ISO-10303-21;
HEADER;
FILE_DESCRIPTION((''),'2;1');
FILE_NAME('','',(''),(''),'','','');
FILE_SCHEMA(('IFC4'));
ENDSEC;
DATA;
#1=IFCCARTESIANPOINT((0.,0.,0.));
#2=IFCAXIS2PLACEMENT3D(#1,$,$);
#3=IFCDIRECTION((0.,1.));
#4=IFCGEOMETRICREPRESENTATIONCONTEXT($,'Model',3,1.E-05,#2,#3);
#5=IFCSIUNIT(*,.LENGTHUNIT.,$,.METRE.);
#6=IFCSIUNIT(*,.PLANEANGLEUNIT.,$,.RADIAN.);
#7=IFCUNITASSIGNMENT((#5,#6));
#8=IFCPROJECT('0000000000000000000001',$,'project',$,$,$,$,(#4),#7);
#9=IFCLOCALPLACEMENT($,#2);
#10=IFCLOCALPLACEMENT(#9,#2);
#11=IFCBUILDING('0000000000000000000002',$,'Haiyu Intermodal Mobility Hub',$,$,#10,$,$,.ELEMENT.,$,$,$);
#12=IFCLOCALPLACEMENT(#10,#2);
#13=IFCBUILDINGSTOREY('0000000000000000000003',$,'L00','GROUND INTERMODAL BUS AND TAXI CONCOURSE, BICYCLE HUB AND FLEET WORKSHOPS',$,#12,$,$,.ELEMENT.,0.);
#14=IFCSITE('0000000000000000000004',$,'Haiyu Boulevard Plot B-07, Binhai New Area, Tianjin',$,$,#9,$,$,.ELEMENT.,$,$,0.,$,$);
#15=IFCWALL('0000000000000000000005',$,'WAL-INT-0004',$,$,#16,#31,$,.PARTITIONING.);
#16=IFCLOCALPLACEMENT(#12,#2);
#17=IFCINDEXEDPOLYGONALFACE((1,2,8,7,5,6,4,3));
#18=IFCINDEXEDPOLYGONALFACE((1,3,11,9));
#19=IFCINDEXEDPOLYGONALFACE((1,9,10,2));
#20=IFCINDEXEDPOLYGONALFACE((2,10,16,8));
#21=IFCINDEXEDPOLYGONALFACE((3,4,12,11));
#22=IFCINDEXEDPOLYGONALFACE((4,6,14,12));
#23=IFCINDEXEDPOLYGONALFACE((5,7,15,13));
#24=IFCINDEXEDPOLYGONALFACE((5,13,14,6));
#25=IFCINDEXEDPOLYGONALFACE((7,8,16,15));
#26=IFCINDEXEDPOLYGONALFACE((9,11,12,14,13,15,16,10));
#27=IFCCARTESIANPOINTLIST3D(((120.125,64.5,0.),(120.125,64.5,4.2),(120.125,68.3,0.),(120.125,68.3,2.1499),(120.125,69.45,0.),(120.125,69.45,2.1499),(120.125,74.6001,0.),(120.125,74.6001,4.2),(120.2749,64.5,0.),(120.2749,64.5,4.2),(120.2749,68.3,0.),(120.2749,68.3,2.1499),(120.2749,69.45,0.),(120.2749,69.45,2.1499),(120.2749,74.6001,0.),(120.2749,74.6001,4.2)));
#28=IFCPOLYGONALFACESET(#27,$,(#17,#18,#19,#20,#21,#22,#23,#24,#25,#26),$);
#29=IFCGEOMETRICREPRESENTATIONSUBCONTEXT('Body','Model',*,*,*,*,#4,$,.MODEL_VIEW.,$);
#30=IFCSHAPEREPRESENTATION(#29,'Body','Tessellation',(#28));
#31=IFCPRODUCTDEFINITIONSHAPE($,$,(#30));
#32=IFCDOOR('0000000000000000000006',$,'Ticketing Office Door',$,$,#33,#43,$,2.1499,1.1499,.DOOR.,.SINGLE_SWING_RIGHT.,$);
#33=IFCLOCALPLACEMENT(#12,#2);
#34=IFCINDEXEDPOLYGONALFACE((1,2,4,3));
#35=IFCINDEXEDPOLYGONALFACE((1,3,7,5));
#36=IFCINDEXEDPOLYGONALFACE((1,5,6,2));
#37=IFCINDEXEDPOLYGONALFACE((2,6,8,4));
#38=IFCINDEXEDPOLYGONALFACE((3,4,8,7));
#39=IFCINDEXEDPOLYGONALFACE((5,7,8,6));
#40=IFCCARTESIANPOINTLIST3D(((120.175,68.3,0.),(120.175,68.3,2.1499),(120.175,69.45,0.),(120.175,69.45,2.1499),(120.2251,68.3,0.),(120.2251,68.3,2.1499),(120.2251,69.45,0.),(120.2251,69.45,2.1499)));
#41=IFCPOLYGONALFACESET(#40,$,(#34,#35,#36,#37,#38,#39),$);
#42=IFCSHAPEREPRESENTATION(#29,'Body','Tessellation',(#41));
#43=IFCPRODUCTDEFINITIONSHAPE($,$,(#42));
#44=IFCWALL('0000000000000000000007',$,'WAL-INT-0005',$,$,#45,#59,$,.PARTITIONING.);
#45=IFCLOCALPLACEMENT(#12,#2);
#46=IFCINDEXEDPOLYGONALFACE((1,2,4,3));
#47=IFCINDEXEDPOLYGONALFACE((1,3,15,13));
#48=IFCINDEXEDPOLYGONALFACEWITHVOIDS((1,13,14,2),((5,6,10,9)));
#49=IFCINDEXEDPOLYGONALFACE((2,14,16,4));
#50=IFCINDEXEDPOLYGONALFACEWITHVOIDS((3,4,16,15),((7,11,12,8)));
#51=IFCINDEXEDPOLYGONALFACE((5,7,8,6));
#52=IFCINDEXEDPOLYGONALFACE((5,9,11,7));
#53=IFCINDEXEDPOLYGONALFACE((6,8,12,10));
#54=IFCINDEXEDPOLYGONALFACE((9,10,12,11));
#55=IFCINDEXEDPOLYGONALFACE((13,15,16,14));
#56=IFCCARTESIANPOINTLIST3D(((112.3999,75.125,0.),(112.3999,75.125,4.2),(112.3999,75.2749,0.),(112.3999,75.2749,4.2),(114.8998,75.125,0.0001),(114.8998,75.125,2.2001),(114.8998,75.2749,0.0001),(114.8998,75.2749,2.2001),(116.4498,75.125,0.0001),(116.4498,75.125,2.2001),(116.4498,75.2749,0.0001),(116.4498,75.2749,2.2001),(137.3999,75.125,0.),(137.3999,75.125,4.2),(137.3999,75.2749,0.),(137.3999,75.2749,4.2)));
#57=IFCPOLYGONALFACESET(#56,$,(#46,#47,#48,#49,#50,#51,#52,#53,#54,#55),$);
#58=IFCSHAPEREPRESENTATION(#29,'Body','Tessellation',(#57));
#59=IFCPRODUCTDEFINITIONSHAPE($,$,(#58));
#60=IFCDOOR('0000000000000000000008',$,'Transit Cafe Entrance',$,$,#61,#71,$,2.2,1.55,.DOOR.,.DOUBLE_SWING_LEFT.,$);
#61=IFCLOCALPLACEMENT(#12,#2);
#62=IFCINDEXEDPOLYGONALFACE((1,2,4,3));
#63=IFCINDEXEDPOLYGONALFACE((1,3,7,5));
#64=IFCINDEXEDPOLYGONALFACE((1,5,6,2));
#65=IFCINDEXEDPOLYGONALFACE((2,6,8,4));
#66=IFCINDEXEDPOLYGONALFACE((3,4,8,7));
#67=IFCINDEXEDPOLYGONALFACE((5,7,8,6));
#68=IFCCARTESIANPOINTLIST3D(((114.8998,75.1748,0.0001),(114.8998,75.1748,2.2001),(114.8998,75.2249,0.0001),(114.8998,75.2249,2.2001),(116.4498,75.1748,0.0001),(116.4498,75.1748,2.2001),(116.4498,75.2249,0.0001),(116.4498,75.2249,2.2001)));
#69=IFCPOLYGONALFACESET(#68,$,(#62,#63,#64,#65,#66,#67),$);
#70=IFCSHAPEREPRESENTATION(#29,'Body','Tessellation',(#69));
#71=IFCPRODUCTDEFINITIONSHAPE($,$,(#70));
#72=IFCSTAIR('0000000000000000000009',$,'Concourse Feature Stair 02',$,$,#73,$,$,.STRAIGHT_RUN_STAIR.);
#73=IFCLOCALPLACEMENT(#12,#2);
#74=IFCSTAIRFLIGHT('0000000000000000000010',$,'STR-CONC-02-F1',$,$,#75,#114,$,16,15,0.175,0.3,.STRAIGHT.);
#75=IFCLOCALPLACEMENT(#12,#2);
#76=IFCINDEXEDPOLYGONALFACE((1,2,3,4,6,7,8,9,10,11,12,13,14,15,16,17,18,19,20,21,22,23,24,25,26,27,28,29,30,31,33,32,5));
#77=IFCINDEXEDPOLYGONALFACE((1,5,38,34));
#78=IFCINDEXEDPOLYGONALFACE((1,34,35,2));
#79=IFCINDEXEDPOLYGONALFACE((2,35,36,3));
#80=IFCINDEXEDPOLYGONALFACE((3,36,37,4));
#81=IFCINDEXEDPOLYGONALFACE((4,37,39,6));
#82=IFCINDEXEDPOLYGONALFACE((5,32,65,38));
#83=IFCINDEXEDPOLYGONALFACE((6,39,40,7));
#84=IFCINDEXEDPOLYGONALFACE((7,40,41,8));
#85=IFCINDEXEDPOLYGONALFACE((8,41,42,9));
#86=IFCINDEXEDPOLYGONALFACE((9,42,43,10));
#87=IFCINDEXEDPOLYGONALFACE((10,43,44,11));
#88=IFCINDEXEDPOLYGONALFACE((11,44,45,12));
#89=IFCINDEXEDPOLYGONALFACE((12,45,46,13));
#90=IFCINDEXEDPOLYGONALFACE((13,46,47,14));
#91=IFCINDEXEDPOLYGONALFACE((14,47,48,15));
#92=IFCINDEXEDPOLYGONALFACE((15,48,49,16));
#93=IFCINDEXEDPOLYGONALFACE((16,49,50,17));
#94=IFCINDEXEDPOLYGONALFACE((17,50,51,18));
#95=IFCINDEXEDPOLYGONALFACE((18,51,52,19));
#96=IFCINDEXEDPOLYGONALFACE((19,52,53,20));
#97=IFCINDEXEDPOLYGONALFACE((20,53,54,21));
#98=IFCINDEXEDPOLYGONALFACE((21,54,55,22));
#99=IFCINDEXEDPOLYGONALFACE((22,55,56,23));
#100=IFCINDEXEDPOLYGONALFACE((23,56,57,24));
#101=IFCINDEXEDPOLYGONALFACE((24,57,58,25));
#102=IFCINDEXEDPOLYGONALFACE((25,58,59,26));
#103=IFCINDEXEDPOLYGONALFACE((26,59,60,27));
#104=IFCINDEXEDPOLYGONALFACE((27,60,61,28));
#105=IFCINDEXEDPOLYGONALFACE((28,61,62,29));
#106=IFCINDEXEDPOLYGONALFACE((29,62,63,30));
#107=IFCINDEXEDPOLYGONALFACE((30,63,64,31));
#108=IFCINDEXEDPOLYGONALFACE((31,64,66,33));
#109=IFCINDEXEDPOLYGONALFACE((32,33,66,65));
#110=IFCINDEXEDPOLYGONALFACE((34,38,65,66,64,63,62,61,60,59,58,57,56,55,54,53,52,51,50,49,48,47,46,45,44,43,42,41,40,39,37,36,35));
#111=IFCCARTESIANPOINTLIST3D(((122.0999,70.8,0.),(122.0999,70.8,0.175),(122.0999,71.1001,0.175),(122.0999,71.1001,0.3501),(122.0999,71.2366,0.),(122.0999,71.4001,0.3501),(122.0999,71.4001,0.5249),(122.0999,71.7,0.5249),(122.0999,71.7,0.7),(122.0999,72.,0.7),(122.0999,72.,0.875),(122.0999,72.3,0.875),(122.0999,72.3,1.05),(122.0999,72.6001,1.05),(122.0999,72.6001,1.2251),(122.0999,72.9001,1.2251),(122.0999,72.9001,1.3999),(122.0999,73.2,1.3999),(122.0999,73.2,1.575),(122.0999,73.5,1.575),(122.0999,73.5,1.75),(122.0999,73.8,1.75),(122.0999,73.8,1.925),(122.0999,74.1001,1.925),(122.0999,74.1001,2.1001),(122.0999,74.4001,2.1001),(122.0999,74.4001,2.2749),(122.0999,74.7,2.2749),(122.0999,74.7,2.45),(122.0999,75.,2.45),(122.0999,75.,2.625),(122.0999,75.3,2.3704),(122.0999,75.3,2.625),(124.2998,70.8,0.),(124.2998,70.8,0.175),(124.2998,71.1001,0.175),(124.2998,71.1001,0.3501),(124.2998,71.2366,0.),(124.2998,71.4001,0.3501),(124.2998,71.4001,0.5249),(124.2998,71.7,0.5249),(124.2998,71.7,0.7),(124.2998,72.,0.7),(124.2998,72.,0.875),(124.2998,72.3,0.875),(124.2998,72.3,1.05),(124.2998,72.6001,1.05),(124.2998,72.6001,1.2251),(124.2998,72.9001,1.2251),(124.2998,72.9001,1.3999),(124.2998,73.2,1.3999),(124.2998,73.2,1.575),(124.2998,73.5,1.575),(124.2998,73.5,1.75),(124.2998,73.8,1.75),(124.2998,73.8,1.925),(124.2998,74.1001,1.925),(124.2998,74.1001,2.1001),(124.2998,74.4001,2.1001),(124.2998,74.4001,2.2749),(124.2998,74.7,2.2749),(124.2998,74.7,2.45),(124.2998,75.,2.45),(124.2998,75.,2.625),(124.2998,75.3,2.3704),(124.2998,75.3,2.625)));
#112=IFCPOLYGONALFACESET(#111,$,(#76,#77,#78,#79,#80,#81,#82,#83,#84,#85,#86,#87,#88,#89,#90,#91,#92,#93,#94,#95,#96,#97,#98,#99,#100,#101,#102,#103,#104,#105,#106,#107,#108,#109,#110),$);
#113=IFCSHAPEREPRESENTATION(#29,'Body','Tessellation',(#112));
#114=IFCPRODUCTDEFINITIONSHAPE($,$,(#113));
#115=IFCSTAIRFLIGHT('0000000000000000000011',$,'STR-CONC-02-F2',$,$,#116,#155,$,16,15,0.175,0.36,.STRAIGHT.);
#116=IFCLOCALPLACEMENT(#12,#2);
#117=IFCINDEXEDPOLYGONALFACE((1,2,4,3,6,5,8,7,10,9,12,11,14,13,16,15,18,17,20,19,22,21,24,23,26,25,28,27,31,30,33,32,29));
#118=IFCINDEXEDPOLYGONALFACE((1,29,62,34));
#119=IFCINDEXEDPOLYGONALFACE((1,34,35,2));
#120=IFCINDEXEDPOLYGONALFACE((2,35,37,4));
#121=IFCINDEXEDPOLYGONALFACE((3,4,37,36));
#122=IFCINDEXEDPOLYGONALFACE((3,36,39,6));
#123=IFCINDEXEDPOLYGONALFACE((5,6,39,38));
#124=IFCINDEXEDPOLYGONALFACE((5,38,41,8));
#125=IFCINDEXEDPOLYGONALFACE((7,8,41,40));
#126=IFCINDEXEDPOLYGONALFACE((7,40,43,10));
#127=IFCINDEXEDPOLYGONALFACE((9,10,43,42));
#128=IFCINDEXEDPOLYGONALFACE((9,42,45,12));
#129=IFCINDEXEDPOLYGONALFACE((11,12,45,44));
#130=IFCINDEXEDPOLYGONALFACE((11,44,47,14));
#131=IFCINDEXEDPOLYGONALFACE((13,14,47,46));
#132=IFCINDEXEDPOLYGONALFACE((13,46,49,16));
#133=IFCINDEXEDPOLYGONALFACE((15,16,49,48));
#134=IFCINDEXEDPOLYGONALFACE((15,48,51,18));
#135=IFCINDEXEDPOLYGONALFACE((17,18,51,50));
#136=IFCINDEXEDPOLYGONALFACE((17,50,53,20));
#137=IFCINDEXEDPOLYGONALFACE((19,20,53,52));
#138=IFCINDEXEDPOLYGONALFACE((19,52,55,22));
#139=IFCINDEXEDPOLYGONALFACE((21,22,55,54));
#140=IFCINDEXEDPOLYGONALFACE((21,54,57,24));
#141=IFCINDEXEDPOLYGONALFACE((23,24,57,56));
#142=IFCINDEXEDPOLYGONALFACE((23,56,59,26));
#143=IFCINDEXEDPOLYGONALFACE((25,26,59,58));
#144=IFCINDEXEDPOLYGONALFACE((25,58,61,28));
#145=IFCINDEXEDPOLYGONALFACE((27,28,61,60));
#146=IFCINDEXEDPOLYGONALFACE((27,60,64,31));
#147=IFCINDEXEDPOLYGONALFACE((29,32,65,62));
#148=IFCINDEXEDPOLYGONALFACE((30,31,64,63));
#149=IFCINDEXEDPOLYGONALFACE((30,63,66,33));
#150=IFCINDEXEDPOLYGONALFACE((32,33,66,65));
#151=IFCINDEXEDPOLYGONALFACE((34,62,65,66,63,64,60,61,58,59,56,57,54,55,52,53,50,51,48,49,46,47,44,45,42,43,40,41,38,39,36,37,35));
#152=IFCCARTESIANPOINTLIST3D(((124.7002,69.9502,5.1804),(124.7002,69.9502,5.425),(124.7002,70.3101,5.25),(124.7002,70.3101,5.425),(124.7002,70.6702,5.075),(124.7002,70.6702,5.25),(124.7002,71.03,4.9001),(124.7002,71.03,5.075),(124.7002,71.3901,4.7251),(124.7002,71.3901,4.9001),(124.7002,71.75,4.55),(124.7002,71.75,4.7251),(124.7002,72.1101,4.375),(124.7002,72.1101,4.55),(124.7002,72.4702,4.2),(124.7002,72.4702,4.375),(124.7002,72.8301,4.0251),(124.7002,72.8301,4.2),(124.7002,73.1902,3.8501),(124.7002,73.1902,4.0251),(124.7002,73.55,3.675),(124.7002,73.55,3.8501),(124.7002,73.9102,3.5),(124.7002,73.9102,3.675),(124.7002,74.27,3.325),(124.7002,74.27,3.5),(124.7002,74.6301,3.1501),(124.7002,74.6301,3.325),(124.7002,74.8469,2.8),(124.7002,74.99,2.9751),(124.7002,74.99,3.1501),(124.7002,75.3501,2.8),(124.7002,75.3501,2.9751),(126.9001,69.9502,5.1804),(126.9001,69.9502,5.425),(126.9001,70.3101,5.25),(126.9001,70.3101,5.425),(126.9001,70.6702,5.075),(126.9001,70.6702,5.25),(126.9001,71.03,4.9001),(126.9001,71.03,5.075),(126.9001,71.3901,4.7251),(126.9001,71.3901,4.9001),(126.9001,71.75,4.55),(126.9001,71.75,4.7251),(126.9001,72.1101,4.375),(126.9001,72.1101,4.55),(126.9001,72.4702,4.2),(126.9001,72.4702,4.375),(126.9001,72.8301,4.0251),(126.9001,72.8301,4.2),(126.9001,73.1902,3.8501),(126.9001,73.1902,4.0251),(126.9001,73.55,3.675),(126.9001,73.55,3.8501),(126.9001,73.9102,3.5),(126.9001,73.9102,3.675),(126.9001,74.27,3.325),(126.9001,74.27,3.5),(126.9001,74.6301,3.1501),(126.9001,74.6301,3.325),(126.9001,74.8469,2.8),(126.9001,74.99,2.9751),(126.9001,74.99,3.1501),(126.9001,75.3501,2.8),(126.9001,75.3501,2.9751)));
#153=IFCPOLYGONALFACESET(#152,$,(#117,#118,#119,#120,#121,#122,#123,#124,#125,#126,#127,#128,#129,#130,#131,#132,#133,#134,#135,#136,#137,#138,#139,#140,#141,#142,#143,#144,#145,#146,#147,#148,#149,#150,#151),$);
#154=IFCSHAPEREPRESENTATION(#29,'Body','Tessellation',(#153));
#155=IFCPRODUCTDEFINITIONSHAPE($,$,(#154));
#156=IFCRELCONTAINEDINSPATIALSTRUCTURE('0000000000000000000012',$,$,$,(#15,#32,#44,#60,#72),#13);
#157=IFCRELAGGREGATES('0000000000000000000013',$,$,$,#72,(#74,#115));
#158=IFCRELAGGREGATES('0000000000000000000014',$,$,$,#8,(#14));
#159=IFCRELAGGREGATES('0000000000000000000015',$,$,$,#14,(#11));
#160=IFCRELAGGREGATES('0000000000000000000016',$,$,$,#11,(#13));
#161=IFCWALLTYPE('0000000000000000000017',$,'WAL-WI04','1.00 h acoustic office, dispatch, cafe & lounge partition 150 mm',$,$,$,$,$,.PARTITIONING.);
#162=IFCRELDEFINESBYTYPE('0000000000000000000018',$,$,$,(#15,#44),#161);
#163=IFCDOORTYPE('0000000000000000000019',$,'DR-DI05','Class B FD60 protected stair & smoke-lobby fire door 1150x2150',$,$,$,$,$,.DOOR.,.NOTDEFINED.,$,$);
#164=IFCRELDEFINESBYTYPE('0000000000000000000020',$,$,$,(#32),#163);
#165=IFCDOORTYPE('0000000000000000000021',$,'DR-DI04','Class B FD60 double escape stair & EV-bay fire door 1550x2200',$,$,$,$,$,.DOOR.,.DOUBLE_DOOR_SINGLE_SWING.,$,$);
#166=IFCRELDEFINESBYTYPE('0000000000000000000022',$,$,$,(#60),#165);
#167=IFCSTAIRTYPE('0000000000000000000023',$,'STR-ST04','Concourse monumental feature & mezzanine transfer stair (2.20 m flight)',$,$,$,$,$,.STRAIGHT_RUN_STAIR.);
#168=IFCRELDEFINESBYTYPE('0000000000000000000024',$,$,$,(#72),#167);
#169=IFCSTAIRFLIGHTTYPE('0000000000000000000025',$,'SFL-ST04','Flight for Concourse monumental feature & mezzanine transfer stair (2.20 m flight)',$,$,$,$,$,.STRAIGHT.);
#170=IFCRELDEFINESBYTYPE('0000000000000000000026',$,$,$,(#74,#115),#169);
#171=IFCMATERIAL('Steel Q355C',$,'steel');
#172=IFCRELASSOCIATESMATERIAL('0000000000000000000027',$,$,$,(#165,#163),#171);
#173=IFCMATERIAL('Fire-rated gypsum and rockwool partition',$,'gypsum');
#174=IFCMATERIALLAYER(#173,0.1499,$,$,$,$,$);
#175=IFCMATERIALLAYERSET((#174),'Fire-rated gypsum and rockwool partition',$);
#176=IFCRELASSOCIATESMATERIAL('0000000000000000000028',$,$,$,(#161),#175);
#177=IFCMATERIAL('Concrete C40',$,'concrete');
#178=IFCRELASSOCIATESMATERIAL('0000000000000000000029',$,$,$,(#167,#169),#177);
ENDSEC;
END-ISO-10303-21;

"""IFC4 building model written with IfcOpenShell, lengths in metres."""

from ifc_helpers import new_model, si_unit, direction, frame, frame_2d, origin, place, context, subcontext, project, spatial, polyline, rectangle, outline, extrude, material, layer, layer_set, type_object, element, fill, aggregate, save


model = new_model("IFC4")

# Units and contexts
model_context = context("Model", 3, precision=1e-05, world=origin(), true_north=direction((0.0, 1.0)))
body_context = subcontext(model_context, "Body", "Model", "MODEL_VIEW")
ifc_project = project(units=[si_unit("LENGTHUNIT", "METRE"), si_unit("PLANEANGLEUNIT", "RADIAN")], contexts=[model_context])

# Site, building, storey
site_placement = place(None, origin())
site = spatial("IfcSite", under=ifc_project, at=site_placement, Name="Haiyu Boulevard Plot B-07, Binhai New Area, Tianjin", CompositionType="ELEMENT", RefElevation=0.0)
building_placement = place(site_placement, origin())
building = spatial("IfcBuilding", under=site, at=building_placement, Name="Haiyu Intermodal Mobility Hub", CompositionType="ELEMENT")
storey_placement = place(building_placement, origin())
storey = spatial("IfcBuildingStorey", under=building, at=storey_placement, Name="L00", Description="GROUND INTERMODAL BUS AND TAXI CONCOURSE, BICYCLE HUB AND FLEET WORKSHOPS", CompositionType="ELEMENT", Elevation=0.0)

# Shared definitions
ifc_material_1 = material(Name="Concrete C40", Category="concrete")

# Shared definitions
ifc_material_2 = material(Name="Steel Q355C", Category="steel")

# Shared definitions
door_type_1 = type_object("IfcDoorType", Name="DR-DI04", Description="Class B FD60 double escape stair & EV-bay fire door 1550x2200", OperationType="DOUBLE_DOOR_SINGLE_SWING", PredefinedType="DOOR", material=ifc_material_2)

# Walls, openings, doors
ifc_material_3 = material(Name="Fire-rated gypsum and rockwool partition", Category="gypsum")
ifc_layer_1 = layer(ifc_material_3, 0.1499)
ifc_layer_set_1 = layer_set([ifc_layer_1], Name="Fire-rated gypsum and rockwool partition")
wall_type_1 = type_object("IfcWallType", Name="WAL-WI04", Description="1.00 h acoustic office, dispatch, cafe & lounge partition 150 mm", PredefinedType="PARTITIONING", material=ifc_layer_set_1)
wall_1_placement = place(storey_placement, frame((120.2, 64.5, 0.0), z_axis=(0.0, 0.0, 1.0), x_axis=(0.0, 1.0, 0.0)))
wall_1 = element("IfcWall", 1, at=wall_1_placement, inside=storey, type_object=wall_type_1, Name="WAL-INT-0004", PredefinedType="PARTITIONING", context=body_context, shape_type="SweptSolid", body=[
    extrude(rectangle(XDim=10.1001, YDim=0.1499, at=frame_2d((5.05, 0.0))), origin(), (0.0, 0.0, 1.0), 4.2),
])
opening_1_placement = place(wall_1_placement, frame((3.8, 0.0, 0.0)))
opening_1 = element("IfcOpeningElement", 2, at=opening_1_placement, cuts=wall_1, PredefinedType="OPENING", context=body_context, shape_type="SweptSolid", body=[
    extrude(rectangle(XDim=1.1499, YDim=2.1499, at=frame_2d((0.575, 1.075))), frame((0.0, 0.085, 0.0), z_axis=(0.0, -1.0, 0.0), x_axis=(1.0, 0.0, 0.0)), (0.0, 0.0, 1.0), 0.1699),
])
door_type_2 = type_object("IfcDoorType", Name="DR-DI05", Description="Class B FD60 protected stair & smoke-lobby fire door 1150x2150", OperationType="NOTDEFINED", PredefinedType="DOOR", material=ifc_material_2)
door_1_placement = place(opening_1_placement, origin())
door_1 = element("IfcDoor", 3, at=door_1_placement, inside=storey, type_object=door_type_2, Name="Ticketing Office Door", OperationType="SINGLE_SWING_RIGHT", OverallHeight=2.1499, OverallWidth=1.1499, PredefinedType="DOOR", context=body_context, shape_type="SweptSolid", body=[
    extrude(rectangle(XDim=1.1499, YDim=2.1499, at=frame_2d((0.575, 1.075))), frame((0.0, 0.0249, 0.0), z_axis=(0.0, -1.0, 0.0), x_axis=(1.0, 0.0, 0.0)), (0.0, 0.0, 1.0), 0.05),
])
fill(opening_1, door_1)
wall_2_placement = place(storey_placement, frame((112.3999, 75.2, 0.0), z_axis=(0.0, 0.0, 1.0), x_axis=(1.0, 0.0, 0.0)))
wall_2 = element("IfcWall", 4, at=wall_2_placement, inside=storey, type_object=wall_type_1, Name="WAL-INT-0005", PredefinedType="PARTITIONING", context=body_context, shape_type="SweptSolid", body=[
    extrude(rectangle(XDim=25.0, YDim=0.1499, at=frame_2d((12.5, 0.0))), origin(), (0.0, 0.0, 1.0), 4.2),
])
opening_2_placement = place(wall_2_placement, frame((2.5, 0.0, 0.0)))
opening_2 = element("IfcOpeningElement", 5, at=opening_2_placement, cuts=wall_2, PredefinedType="OPENING", context=body_context, shape_type="SweptSolid", body=[
    extrude(rectangle(XDim=1.55, YDim=2.2, at=frame_2d((0.7749, 1.1001))), frame((0.0, 0.085, 0.0), z_axis=(0.0, -1.0, 0.0), x_axis=(1.0, 0.0, 0.0)), (0.0, 0.0, 1.0), 0.1699),
])
door_2_placement = place(opening_2_placement, origin())
door_2 = element("IfcDoor", 6, at=door_2_placement, inside=storey, type_object=door_type_1, Name="Transit Cafe Entrance", OperationType="DOUBLE_SWING_LEFT", OverallHeight=2.2, OverallWidth=1.55, PredefinedType="DOOR", context=body_context, shape_type="SweptSolid", body=[
    extrude(rectangle(XDim=1.55, YDim=2.2, at=frame_2d((0.7749, 1.1001))), frame((0.0, 0.0249, 0.0), z_axis=(0.0, -1.0, 0.0), x_axis=(1.0, 0.0, 0.0)), (0.0, 0.0, 1.0), 0.05),
])
fill(opening_2, door_2)

# Stair, stair flights
stair_type = type_object("IfcStairType", Name="STR-ST04", Description="Concourse monumental feature & mezzanine transfer stair (2.20 m flight)", PredefinedType="STRAIGHT_RUN_STAIR", material=ifc_material_1)
stair_placement = place(storey_placement, origin())
stair = element("IfcStair", 7, at=stair_placement, inside=storey, type_object=stair_type, Name="Concourse Feature Stair 02", PredefinedType="STRAIGHT_RUN_STAIR")
stair_flight_type = type_object("IfcStairFlightType", Name="SFL-ST04", Description="Flight for Concourse monumental feature & mezzanine transfer stair (2.20 m flight)", PredefinedType="STRAIGHT", material=ifc_material_1)
stair_flight_1_placement = place(storey_placement, frame((123.2, 70.8, 0.0), z_axis=(0.0, 0.0, 1.0), x_axis=(0.0, 1.0, 0.0)))
stair_flight_1 = element("IfcStairFlight", 8, at=stair_flight_1_placement, type_object=stair_flight_type, Name="STR-CONC-02-F1", NumberOfRisers=16, NumberOfTreads=15, PredefinedType="STRAIGHT", RiserHeight=0.175, TreadLength=0.3, context=body_context, shape_type="SweptSolid", body=[
    extrude(outline(polyline([(0.0, 0.0), (0.0, 0.175), (0.3, 0.175), (0.3, 0.3501), (0.6001, 0.3501), (0.6001, 0.5249), (0.8999, 0.5249), (0.8999, 0.7), (1.2, 0.7), (1.2, 0.875), (1.5, 0.875), (1.5, 1.05), (1.8, 1.05), (1.8, 1.2251), (2.1001, 1.2251), (2.1001, 1.3999), (2.3999, 1.3999), (2.3999, 1.575), (2.7, 1.575), (2.7, 1.75), (3.0, 1.75), (3.0, 1.925), (3.3, 1.925), (3.3, 2.1001), (3.6001, 2.1001), (3.6001, 2.2749), (3.8999, 2.2749), (3.8999, 2.45), (4.2, 2.45), (4.2, 2.625), (4.5, 2.625), (4.5, 2.8), (4.5, 2.3704), (0.4365, 0.0), (0.0, 0.0)])), frame((0.0, 1.1001, 0.0), z_axis=(0.0, -1.0, 0.0), x_axis=(1.0, 0.0, 0.0)), (0.0, 0.0, 1.0), 2.2),
])
stair_flight_2_placement = place(storey_placement, frame((125.8, 75.3501, 2.8), z_axis=(0.0, 0.0, 1.0), x_axis=(0.0, -1.0, 0.0)))
stair_flight_2 = element("IfcStairFlight", 9, at=stair_flight_2_placement, type_object=stair_flight_type, Name="STR-CONC-02-F2", NumberOfRisers=16, NumberOfTreads=15, PredefinedType="STRAIGHT", RiserHeight=0.175, TreadLength=0.36, context=body_context, shape_type="SweptSolid", body=[
    extrude(outline(polyline([(0.0, 0.0), (0.0, 0.175), (0.3601, 0.175), (0.3601, 0.3501), (0.72, 0.3501), (0.72, 0.5249), (1.0801, 0.5249), (1.0801, 0.7), (1.4399, 0.7), (1.4399, 0.875), (1.8, 0.875), (1.8, 1.05), (2.1599, 1.05), (2.1599, 1.2251), (2.52, 1.2251), (2.52, 1.3999), (2.8799, 1.3999), (2.8799, 1.575), (3.24, 1.575), (3.24, 1.75), (3.6001, 1.75), (3.6001, 1.925), (3.96, 1.925), (3.96, 2.1001), (4.3201, 2.1001), (4.3201, 2.2749), (4.6799, 2.2749), (4.6799, 2.45), (5.04, 2.45), (5.04, 2.625), (5.3999, 2.625), (5.3999, 2.8), (5.3999, 2.3804), (0.5032, 0.0), (0.0, 0.0)])), frame((0.0, 1.1001, 0.0), z_axis=(0.0, -1.0, 0.0), x_axis=(1.0, 0.0, 0.0)), (0.0, 0.0, 1.0), 2.2),
])
aggregate(stair, [stair_flight_1, stair_flight_2])

save(model, "model.ifc")
